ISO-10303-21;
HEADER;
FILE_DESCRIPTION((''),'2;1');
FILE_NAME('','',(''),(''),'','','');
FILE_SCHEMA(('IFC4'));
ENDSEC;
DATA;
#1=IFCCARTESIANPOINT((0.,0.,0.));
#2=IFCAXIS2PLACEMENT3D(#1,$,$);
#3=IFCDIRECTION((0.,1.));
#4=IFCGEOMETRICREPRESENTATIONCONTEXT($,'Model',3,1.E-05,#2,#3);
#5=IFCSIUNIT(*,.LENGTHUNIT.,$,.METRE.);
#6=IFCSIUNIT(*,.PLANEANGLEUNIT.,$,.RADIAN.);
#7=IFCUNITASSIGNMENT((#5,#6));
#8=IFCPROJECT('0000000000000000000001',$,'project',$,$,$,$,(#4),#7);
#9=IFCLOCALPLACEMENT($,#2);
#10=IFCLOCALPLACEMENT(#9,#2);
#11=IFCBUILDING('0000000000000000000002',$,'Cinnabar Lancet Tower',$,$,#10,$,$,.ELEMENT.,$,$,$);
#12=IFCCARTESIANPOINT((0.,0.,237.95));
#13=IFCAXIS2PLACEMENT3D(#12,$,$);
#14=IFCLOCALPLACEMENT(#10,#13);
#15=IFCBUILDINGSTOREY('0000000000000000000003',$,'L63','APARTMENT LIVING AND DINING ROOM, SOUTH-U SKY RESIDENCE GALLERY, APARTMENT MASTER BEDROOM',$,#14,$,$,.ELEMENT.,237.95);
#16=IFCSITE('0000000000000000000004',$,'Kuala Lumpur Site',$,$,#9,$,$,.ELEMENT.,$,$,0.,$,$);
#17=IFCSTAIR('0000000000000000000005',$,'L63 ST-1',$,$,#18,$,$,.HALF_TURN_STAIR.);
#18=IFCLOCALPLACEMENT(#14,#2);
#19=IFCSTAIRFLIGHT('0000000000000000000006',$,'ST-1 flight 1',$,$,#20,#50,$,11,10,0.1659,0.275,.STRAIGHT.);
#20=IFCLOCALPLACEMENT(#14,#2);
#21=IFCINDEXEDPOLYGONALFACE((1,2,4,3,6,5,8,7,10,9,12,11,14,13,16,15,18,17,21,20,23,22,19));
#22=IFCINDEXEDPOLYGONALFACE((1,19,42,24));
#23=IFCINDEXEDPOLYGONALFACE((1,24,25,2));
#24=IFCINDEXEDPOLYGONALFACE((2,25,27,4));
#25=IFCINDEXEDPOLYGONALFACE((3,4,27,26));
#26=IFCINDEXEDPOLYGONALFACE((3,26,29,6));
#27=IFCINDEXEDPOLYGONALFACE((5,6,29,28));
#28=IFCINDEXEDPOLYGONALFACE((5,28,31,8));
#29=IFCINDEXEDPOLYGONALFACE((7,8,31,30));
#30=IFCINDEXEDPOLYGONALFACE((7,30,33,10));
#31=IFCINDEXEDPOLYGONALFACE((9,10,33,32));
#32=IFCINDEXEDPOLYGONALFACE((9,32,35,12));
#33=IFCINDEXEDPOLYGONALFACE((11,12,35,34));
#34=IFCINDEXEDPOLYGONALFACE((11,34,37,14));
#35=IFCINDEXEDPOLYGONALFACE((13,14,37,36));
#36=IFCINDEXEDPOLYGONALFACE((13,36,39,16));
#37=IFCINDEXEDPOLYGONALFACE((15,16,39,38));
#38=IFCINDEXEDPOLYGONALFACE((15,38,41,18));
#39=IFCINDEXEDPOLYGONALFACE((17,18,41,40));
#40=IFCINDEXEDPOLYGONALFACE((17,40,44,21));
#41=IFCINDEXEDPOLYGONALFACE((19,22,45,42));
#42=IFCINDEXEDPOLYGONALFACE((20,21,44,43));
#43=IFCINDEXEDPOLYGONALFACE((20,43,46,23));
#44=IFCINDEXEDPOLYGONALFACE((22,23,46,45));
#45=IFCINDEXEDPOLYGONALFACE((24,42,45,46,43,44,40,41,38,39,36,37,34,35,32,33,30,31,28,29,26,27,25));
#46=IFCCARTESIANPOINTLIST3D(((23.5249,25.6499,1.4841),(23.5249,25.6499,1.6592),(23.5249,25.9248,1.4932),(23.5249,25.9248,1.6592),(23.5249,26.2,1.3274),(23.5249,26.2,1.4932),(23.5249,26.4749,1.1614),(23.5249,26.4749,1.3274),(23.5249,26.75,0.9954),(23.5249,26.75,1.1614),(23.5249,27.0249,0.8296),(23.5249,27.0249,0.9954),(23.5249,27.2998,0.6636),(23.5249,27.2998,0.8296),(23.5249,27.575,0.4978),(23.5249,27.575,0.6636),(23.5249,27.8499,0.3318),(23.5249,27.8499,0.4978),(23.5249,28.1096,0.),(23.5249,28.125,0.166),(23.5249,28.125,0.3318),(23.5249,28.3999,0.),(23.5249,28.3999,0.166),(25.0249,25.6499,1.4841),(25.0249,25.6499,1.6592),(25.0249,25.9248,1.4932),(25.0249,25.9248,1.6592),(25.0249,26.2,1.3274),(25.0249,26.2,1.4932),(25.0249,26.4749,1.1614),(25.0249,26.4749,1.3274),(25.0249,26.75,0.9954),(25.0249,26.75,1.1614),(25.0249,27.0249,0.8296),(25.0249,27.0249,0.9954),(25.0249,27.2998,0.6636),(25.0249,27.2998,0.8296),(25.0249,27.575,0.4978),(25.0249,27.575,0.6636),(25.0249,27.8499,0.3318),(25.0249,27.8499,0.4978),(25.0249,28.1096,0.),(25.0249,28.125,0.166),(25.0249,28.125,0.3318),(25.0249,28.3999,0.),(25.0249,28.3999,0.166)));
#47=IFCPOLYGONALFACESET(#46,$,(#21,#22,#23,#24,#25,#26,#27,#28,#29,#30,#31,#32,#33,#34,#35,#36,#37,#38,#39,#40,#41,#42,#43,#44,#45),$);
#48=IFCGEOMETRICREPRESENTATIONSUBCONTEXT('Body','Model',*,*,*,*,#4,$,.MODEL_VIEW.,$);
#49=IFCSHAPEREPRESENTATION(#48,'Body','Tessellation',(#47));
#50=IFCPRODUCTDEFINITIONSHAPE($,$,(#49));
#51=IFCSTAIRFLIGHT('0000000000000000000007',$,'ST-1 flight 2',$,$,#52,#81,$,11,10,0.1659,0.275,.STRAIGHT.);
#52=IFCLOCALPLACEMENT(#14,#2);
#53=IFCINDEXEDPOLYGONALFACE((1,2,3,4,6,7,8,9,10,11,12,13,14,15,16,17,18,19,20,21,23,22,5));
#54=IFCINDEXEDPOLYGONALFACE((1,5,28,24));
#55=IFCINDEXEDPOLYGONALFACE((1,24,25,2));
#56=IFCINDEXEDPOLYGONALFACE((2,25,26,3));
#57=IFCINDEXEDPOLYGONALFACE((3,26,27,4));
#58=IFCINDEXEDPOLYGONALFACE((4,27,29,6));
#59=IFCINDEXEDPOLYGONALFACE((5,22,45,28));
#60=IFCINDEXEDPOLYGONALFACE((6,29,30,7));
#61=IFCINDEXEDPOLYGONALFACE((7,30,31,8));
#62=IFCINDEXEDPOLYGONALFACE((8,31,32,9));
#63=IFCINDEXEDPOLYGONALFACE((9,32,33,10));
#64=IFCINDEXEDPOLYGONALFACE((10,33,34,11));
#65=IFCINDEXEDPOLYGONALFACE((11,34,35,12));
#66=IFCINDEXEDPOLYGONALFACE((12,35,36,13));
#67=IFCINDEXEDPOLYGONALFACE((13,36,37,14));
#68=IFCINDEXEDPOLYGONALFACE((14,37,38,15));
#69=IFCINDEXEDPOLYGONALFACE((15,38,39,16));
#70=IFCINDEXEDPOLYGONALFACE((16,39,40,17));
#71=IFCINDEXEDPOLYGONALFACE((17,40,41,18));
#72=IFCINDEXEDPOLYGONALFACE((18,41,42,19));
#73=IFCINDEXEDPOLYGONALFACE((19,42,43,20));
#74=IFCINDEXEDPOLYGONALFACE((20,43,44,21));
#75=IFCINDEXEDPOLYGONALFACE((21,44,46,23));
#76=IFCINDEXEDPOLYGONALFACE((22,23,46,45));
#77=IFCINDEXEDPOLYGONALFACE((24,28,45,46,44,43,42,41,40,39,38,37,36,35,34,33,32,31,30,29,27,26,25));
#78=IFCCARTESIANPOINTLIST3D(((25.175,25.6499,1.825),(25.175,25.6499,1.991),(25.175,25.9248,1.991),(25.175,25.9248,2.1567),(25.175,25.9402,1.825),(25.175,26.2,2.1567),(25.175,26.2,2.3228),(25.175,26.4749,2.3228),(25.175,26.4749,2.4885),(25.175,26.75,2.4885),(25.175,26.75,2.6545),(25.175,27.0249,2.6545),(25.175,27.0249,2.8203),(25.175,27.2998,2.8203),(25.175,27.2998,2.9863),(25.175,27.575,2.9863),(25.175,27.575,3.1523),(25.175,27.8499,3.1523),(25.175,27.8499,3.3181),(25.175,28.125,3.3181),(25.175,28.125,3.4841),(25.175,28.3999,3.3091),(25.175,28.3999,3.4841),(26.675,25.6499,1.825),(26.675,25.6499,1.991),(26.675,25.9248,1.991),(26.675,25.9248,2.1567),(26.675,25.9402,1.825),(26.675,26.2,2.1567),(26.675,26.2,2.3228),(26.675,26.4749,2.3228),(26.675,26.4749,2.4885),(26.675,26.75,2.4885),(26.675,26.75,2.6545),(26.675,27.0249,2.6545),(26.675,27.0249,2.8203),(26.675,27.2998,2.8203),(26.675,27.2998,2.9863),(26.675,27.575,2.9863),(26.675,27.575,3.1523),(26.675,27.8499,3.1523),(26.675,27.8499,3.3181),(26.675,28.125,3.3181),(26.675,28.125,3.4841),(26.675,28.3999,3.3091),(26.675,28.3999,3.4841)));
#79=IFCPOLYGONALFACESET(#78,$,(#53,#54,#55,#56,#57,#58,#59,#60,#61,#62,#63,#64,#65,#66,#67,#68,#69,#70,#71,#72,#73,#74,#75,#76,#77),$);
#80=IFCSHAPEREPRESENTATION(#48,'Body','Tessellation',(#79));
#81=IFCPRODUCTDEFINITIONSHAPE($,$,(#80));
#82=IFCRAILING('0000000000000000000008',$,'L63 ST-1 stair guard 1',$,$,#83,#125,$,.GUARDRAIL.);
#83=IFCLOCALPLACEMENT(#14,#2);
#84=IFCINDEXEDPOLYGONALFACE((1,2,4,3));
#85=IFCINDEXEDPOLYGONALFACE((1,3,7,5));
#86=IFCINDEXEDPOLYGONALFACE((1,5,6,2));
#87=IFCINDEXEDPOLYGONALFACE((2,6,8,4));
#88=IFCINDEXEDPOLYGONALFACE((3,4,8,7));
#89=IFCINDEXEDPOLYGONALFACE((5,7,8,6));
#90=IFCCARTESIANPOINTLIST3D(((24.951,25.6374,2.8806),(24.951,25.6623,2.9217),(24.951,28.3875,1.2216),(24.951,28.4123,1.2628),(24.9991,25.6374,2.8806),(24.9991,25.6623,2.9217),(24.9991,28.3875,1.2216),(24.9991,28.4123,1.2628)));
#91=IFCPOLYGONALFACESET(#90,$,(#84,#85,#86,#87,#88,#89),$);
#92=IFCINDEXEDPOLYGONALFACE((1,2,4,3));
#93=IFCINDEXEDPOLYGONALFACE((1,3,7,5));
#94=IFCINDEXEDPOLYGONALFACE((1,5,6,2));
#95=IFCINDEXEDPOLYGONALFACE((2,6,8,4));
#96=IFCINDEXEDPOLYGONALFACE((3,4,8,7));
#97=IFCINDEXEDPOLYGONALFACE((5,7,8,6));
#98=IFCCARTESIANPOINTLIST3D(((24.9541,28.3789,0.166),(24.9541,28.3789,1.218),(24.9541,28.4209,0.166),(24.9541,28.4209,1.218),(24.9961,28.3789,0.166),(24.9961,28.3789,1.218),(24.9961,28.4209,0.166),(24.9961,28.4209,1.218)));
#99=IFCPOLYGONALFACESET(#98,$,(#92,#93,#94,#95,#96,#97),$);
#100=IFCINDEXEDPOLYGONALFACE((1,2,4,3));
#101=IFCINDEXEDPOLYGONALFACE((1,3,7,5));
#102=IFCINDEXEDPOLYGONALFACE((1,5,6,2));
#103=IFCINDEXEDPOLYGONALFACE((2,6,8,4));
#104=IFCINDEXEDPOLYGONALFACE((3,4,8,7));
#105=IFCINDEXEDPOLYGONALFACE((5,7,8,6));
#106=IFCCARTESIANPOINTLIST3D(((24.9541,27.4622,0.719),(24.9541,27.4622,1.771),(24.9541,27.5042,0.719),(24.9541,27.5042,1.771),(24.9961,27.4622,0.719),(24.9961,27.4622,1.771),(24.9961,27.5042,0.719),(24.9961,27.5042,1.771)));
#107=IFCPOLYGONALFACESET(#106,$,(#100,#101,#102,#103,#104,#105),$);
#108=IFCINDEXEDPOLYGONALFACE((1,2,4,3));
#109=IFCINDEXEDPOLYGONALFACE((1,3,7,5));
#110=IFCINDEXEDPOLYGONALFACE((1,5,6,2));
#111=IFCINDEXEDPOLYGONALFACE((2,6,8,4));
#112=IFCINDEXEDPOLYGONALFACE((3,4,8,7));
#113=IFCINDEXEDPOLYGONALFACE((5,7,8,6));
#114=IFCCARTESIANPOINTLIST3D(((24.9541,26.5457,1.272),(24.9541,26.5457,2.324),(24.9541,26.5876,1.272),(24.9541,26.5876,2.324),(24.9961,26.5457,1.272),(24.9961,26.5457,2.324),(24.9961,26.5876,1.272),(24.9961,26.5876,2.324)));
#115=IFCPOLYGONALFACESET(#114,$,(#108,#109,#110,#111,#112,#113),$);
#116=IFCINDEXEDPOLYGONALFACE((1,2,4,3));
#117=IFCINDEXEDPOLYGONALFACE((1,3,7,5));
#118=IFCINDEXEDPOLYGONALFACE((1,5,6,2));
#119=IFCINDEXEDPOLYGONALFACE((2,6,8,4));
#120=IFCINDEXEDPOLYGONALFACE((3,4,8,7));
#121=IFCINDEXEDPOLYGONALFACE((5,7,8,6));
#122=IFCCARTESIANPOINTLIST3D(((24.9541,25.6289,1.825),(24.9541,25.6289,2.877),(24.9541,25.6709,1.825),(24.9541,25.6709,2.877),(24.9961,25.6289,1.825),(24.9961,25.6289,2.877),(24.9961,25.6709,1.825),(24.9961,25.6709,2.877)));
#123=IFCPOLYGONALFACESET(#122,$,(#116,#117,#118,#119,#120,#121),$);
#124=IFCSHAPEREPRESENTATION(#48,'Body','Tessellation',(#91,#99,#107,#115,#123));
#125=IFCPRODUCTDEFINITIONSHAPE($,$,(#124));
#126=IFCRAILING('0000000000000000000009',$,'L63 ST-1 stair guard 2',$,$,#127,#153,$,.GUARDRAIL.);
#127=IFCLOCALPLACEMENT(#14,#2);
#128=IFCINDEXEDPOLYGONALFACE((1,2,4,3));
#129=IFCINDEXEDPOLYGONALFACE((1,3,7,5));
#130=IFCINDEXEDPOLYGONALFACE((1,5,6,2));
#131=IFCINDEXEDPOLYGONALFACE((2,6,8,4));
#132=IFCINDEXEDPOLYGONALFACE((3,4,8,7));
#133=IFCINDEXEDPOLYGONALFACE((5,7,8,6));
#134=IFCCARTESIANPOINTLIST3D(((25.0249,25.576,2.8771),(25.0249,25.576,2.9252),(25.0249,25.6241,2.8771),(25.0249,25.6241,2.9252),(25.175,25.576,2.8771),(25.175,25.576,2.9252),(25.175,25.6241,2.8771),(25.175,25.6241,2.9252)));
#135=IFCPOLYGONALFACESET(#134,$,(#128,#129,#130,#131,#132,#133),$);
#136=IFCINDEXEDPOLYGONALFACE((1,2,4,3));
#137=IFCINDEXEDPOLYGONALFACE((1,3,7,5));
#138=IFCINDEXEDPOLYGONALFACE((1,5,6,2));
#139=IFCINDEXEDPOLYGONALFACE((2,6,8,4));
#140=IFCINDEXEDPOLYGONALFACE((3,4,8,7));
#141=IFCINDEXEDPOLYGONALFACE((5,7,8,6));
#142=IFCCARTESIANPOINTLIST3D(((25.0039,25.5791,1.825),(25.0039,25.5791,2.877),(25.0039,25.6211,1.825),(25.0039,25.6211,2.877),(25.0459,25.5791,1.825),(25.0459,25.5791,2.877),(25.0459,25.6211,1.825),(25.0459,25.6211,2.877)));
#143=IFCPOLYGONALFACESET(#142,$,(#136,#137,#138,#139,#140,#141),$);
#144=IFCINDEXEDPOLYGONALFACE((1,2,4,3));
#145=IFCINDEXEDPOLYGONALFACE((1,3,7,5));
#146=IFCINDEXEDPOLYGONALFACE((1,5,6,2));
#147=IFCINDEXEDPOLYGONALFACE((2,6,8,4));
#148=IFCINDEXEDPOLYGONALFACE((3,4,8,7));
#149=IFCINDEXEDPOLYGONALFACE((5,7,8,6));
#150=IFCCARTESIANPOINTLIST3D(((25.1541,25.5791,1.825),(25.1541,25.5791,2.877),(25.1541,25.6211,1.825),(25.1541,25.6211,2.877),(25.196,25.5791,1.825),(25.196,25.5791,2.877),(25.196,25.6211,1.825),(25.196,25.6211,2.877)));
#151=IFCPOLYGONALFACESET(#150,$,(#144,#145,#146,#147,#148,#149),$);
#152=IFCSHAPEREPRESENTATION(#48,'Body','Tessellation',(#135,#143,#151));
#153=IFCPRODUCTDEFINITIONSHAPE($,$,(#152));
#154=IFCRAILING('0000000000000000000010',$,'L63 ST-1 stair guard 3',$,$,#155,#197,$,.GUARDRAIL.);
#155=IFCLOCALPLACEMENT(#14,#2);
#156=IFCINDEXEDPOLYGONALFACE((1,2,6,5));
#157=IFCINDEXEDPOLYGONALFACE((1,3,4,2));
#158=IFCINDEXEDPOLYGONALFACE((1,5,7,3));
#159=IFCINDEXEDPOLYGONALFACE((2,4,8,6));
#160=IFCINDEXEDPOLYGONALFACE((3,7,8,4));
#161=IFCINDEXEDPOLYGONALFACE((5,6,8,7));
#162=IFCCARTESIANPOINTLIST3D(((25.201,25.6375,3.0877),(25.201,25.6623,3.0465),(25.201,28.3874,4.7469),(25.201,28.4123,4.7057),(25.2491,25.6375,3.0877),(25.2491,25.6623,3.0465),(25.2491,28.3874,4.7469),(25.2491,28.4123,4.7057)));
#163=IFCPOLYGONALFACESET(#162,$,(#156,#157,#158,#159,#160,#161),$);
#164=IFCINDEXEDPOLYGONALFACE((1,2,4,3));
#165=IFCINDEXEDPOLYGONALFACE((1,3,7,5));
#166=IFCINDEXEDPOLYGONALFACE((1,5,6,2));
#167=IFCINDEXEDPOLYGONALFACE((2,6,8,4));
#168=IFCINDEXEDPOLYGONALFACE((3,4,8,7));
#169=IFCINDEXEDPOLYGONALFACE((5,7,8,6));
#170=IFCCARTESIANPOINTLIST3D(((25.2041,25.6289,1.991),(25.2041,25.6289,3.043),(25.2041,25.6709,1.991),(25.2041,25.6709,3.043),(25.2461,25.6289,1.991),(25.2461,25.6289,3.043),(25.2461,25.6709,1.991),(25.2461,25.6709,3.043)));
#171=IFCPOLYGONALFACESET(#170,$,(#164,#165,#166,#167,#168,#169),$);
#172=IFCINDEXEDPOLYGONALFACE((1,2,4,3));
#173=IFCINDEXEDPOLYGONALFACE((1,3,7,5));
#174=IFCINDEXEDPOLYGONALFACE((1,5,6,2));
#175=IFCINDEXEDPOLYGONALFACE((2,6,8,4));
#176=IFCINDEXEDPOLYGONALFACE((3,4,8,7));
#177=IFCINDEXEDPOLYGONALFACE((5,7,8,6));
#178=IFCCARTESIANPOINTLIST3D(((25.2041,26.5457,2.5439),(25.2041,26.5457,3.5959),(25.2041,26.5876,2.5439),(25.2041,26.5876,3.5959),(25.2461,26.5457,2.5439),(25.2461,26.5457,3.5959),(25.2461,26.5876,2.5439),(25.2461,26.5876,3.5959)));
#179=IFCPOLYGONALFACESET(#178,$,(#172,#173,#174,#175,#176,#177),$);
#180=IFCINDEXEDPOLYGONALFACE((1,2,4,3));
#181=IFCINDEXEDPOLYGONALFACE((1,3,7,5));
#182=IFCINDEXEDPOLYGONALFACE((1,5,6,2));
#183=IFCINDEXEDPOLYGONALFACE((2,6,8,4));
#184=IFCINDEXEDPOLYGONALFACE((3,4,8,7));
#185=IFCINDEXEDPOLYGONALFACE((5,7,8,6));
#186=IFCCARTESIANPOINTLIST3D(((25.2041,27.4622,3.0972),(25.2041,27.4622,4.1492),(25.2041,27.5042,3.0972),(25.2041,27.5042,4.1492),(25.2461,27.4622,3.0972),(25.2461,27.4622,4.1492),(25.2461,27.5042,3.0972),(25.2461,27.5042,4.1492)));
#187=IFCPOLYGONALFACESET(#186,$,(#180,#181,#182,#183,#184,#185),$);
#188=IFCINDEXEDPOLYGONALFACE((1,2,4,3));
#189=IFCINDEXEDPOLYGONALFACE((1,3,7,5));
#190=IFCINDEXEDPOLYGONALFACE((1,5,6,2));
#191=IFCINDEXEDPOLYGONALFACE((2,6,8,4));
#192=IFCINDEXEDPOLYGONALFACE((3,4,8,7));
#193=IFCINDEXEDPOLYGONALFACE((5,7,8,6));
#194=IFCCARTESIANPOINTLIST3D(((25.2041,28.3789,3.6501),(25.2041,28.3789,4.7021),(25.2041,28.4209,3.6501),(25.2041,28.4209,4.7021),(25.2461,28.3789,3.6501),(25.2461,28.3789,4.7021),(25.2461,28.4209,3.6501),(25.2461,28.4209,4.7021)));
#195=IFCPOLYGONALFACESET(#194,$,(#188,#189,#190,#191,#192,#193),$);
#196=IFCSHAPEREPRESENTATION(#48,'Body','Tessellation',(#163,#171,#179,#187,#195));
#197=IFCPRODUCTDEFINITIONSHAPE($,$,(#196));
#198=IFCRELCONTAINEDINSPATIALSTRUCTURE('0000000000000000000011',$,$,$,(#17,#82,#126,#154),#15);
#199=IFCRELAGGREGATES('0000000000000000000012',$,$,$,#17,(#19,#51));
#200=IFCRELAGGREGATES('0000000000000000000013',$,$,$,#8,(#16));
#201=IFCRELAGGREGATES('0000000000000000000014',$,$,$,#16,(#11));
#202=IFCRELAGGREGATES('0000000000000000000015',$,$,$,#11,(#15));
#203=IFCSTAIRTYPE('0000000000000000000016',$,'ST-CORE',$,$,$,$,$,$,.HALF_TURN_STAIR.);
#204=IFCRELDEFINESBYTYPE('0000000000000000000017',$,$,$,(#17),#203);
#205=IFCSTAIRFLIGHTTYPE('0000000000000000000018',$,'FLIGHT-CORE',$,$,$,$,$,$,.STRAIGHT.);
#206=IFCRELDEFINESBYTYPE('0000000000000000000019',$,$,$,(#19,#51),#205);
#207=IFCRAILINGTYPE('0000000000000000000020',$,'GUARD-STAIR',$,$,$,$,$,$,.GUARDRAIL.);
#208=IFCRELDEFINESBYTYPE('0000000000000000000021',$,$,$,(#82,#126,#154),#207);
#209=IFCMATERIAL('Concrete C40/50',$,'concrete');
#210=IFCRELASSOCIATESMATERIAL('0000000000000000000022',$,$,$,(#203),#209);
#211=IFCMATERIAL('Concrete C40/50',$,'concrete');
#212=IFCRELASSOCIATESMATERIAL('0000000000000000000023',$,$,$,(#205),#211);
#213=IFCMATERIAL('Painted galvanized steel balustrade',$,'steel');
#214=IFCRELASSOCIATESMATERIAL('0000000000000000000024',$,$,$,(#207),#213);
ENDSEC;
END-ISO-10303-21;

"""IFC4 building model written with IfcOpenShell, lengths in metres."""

from ifc_helpers import new_model, si_unit, direction, frame, origin, origin_2d, place, context, subcontext, project, spatial, polyline, rectangle, outline, extrude, material, type_object, element, aggregate, save


model = new_model("IFC4")

# Units and contexts
model_context = context("Model", 3, precision=1e-05, world=origin(), true_north=direction((0.0, 1.0)))
body_context = subcontext(model_context, "Body", "Model", "MODEL_VIEW")
ifc_project = project(units=[si_unit("LENGTHUNIT", "METRE"), si_unit("PLANEANGLEUNIT", "RADIAN")], contexts=[model_context])

# Site, building, storey
site_placement = place(None, origin())
site = spatial("IfcSite", under=ifc_project, at=site_placement, Name="Kuala Lumpur Site", CompositionType="ELEMENT", RefElevation=0.0)
building_placement = place(site_placement, origin())
building = spatial("IfcBuilding", under=site, at=building_placement, Name="Cinnabar Lancet Tower", CompositionType="ELEMENT")
storey_placement = place(building_placement, frame((0.0, 0.0, 237.95)))
storey = spatial("IfcBuildingStorey", under=building, at=storey_placement, Name="L63", Description="APARTMENT LIVING AND DINING ROOM, SOUTH-U SKY RESIDENCE GALLERY, APARTMENT MASTER BEDROOM", CompositionType="ELEMENT", Elevation=237.95)

# Stair, stair flights
ifc_material_1 = material(Name="Concrete C40/50", Category="concrete")
stair_type = type_object("IfcStairType", Name="ST-CORE", PredefinedType="HALF_TURN_STAIR", material=ifc_material_1)
stair_placement = place(storey_placement, origin())
stair = element("IfcStair", 1, at=stair_placement, inside=storey, type_object=stair_type, Name="L63 ST-1", PredefinedType="HALF_TURN_STAIR")
ifc_material_2 = material(Name="Concrete C40/50", Category="concrete")
stair_flight_type = type_object("IfcStairFlightType", Name="FLIGHT-CORE", PredefinedType="STRAIGHT", material=ifc_material_2)
stair_flight_1_placement = place(storey_placement, frame((24.2749, 28.3999, 0.0), z_axis=(0.0, 0.0, 1.0), x_axis=(0.0, -1.0, 0.0)))
stair_flight_1 = element("IfcStairFlight", 2, at=stair_flight_1_placement, type_object=stair_flight_type, Name="ST-1 flight 1", NumberOfRisers=11, NumberOfTreads=10, PredefinedType="STRAIGHT", RiserHeight=0.1659, TreadLength=0.275, context=body_context, shape_type="SweptSolid", body=[
    extrude(outline(polyline([(0.0, 0.0), (0.0, 0.166), (0.2749, 0.166), (0.2749, 0.3318), (0.55, 0.3318), (0.55, 0.4978), (0.825, 0.4978), (0.825, 0.6636), (1.1001, 0.6636), (1.1001, 0.8296), (1.375, 0.8296), (1.375, 0.9954), (1.6499, 0.9954), (1.6499, 1.1614), (1.925, 1.1614), (1.925, 1.3274), (2.2, 1.3274), (2.2, 1.4932), (2.4751, 1.4932), (2.4751, 1.6592), (2.75, 1.6592), (2.75, 1.825), (2.75, 1.4841), (0.2903, 0.0), (0.0, 0.0)])), frame((0.0, 0.75, 0.0), z_axis=(0.0, -1.0, 0.0), x_axis=(1.0, 0.0, 0.0)), (0.0, 0.0, 1.0), 1.5),
])
stair_flight_2_placement = place(storey_placement, frame((25.925, 25.6499, 1.825), z_axis=(0.0, 0.0, 1.0), x_axis=(0.0, 1.0, 0.0)))
stair_flight_2 = element("IfcStairFlight", 3, at=stair_flight_2_placement, type_object=stair_flight_type, Name="ST-1 flight 2", NumberOfRisers=11, NumberOfTreads=10, PredefinedType="STRAIGHT", RiserHeight=0.1659, TreadLength=0.275, context=body_context, shape_type="SweptSolid", body=[
    extrude(outline(polyline([(0.0, 0.0), (0.0, 0.166), (0.2749, 0.166), (0.2749, 0.3318), (0.55, 0.3318), (0.55, 0.4978), (0.825, 0.4978), (0.825, 0.6636), (1.1001, 0.6636), (1.1001, 0.8296), (1.375, 0.8296), (1.375, 0.9954), (1.6499, 0.9954), (1.6499, 1.1614), (1.925, 1.1614), (1.925, 1.3274), (2.2, 1.3274), (2.2, 1.4932), (2.4751, 1.4932), (2.4751, 1.6592), (2.75, 1.6592), (2.75, 1.825), (2.75, 1.4841), (0.2903, 0.0), (0.0, 0.0)])), frame((0.0, 0.75, 0.0), z_axis=(0.0, -1.0, 0.0), x_axis=(1.0, 0.0, 0.0)), (0.0, 0.0, 1.0), 1.5),
])
aggregate(stair, [stair_flight_1, stair_flight_2])

# Railings
ifc_material_3 = material(Name="Painted galvanized steel balustrade", Category="steel")
railing_type_1 = type_object("IfcRailingType", Name="GUARD-STAIR", PredefinedType="GUARDRAIL", material=ifc_material_3)
railing_1_placement = place(storey_placement, frame((24.9751, 28.3999, 0.166)))
element("IfcRailing", 4, at=railing_1_placement, inside=storey, type_object=railing_type_1, Name="L63 ST-1 stair guard 1", PredefinedType="GUARDRAIL", context=body_context, shape_type="SweptSolid", body=[
    extrude(rectangle(XDim=0.0481, YDim=0.0481, at=origin_2d()), frame((0.0, 0.0, 1.0762), z_axis=(0.0, -0.856263, 0.51654), x_axis=(1.0, 0.0, 0.0)), (0.0, 0.0, 1.0), 3.2117),
    extrude(rectangle(XDim=0.042, YDim=0.042, at=origin_2d()), origin(), (0.0, 0.0, 1.0), 1.052),
    extrude(rectangle(XDim=0.042, YDim=0.042, at=origin_2d()), frame((0.0, -0.9167, 0.553)), (0.0, 0.0, 1.0), 1.052),
    extrude(rectangle(XDim=0.042, YDim=0.042, at=origin_2d()), frame((0.0, -1.8333, 1.106)), (0.0, 0.0, 1.0), 1.052),
    extrude(rectangle(XDim=0.042, YDim=0.042, at=origin_2d()), frame((0.0, -2.75, 1.6589)), (0.0, 0.0, 1.0), 1.052),
])
railing_2_placement = place(storey_placement, frame((25.0249, 25.6001, 1.825)))
element("IfcRailing", 5, at=railing_2_placement, inside=storey, type_object=railing_type_1, Name="L63 ST-1 stair guard 2", PredefinedType="GUARDRAIL", context=body_context, shape_type="SweptSolid", body=[
    extrude(rectangle(XDim=0.0481, YDim=0.0481, at=origin_2d()), frame((0.0, 0.0, 1.0762), z_axis=(1.0, 0.0, 0.0), x_axis=(0.0, 1.0, 0.0)), (0.0, 0.0, 1.0), 0.1501),
    extrude(rectangle(XDim=0.042, YDim=0.042, at=origin_2d()), origin(), (0.0, 0.0, 1.0), 1.052),
    extrude(rectangle(XDim=0.042, YDim=0.042, at=origin_2d()), frame((0.1501, 0.0, 0.0)), (0.0, 0.0, 1.0), 1.052),
])
railing_3_placement = place(storey_placement, frame((25.2251, 25.6499, 1.991)))
element("IfcRailing", 6, at=railing_3_placement, inside=storey, type_object=railing_type_1, Name="L63 ST-1 stair guard 3", PredefinedType="GUARDRAIL", context=body_context, shape_type="SweptSolid", body=[
    extrude(rectangle(XDim=0.0481, YDim=0.0481, at=origin_2d()), frame((0.0, 0.0, 1.0762), z_axis=(0.0, 0.856229, 0.516596), x_axis=(-1.0, 0.0, 0.0)), (0.0, 0.0, 1.0), 3.2117),
    extrude(rectangle(XDim=0.042, YDim=0.042, at=origin_2d()), origin(), (0.0, 0.0, 1.0), 1.052),
    extrude(rectangle(XDim=0.042, YDim=0.042, at=origin_2d()), frame((0.0, 0.9167, 0.553)), (0.0, 0.0, 1.0), 1.052),
    extrude(rectangle(XDim=0.042, YDim=0.042, at=origin_2d()), frame((0.0, 1.8333, 1.1062)), (0.0, 0.0, 1.0), 1.052),
    extrude(rectangle(XDim=0.042, YDim=0.042, at=origin_2d()), frame((0.0, 2.75, 1.6592)), (0.0, 0.0, 1.0), 1.052),
])

save(model, "model.ifc")
